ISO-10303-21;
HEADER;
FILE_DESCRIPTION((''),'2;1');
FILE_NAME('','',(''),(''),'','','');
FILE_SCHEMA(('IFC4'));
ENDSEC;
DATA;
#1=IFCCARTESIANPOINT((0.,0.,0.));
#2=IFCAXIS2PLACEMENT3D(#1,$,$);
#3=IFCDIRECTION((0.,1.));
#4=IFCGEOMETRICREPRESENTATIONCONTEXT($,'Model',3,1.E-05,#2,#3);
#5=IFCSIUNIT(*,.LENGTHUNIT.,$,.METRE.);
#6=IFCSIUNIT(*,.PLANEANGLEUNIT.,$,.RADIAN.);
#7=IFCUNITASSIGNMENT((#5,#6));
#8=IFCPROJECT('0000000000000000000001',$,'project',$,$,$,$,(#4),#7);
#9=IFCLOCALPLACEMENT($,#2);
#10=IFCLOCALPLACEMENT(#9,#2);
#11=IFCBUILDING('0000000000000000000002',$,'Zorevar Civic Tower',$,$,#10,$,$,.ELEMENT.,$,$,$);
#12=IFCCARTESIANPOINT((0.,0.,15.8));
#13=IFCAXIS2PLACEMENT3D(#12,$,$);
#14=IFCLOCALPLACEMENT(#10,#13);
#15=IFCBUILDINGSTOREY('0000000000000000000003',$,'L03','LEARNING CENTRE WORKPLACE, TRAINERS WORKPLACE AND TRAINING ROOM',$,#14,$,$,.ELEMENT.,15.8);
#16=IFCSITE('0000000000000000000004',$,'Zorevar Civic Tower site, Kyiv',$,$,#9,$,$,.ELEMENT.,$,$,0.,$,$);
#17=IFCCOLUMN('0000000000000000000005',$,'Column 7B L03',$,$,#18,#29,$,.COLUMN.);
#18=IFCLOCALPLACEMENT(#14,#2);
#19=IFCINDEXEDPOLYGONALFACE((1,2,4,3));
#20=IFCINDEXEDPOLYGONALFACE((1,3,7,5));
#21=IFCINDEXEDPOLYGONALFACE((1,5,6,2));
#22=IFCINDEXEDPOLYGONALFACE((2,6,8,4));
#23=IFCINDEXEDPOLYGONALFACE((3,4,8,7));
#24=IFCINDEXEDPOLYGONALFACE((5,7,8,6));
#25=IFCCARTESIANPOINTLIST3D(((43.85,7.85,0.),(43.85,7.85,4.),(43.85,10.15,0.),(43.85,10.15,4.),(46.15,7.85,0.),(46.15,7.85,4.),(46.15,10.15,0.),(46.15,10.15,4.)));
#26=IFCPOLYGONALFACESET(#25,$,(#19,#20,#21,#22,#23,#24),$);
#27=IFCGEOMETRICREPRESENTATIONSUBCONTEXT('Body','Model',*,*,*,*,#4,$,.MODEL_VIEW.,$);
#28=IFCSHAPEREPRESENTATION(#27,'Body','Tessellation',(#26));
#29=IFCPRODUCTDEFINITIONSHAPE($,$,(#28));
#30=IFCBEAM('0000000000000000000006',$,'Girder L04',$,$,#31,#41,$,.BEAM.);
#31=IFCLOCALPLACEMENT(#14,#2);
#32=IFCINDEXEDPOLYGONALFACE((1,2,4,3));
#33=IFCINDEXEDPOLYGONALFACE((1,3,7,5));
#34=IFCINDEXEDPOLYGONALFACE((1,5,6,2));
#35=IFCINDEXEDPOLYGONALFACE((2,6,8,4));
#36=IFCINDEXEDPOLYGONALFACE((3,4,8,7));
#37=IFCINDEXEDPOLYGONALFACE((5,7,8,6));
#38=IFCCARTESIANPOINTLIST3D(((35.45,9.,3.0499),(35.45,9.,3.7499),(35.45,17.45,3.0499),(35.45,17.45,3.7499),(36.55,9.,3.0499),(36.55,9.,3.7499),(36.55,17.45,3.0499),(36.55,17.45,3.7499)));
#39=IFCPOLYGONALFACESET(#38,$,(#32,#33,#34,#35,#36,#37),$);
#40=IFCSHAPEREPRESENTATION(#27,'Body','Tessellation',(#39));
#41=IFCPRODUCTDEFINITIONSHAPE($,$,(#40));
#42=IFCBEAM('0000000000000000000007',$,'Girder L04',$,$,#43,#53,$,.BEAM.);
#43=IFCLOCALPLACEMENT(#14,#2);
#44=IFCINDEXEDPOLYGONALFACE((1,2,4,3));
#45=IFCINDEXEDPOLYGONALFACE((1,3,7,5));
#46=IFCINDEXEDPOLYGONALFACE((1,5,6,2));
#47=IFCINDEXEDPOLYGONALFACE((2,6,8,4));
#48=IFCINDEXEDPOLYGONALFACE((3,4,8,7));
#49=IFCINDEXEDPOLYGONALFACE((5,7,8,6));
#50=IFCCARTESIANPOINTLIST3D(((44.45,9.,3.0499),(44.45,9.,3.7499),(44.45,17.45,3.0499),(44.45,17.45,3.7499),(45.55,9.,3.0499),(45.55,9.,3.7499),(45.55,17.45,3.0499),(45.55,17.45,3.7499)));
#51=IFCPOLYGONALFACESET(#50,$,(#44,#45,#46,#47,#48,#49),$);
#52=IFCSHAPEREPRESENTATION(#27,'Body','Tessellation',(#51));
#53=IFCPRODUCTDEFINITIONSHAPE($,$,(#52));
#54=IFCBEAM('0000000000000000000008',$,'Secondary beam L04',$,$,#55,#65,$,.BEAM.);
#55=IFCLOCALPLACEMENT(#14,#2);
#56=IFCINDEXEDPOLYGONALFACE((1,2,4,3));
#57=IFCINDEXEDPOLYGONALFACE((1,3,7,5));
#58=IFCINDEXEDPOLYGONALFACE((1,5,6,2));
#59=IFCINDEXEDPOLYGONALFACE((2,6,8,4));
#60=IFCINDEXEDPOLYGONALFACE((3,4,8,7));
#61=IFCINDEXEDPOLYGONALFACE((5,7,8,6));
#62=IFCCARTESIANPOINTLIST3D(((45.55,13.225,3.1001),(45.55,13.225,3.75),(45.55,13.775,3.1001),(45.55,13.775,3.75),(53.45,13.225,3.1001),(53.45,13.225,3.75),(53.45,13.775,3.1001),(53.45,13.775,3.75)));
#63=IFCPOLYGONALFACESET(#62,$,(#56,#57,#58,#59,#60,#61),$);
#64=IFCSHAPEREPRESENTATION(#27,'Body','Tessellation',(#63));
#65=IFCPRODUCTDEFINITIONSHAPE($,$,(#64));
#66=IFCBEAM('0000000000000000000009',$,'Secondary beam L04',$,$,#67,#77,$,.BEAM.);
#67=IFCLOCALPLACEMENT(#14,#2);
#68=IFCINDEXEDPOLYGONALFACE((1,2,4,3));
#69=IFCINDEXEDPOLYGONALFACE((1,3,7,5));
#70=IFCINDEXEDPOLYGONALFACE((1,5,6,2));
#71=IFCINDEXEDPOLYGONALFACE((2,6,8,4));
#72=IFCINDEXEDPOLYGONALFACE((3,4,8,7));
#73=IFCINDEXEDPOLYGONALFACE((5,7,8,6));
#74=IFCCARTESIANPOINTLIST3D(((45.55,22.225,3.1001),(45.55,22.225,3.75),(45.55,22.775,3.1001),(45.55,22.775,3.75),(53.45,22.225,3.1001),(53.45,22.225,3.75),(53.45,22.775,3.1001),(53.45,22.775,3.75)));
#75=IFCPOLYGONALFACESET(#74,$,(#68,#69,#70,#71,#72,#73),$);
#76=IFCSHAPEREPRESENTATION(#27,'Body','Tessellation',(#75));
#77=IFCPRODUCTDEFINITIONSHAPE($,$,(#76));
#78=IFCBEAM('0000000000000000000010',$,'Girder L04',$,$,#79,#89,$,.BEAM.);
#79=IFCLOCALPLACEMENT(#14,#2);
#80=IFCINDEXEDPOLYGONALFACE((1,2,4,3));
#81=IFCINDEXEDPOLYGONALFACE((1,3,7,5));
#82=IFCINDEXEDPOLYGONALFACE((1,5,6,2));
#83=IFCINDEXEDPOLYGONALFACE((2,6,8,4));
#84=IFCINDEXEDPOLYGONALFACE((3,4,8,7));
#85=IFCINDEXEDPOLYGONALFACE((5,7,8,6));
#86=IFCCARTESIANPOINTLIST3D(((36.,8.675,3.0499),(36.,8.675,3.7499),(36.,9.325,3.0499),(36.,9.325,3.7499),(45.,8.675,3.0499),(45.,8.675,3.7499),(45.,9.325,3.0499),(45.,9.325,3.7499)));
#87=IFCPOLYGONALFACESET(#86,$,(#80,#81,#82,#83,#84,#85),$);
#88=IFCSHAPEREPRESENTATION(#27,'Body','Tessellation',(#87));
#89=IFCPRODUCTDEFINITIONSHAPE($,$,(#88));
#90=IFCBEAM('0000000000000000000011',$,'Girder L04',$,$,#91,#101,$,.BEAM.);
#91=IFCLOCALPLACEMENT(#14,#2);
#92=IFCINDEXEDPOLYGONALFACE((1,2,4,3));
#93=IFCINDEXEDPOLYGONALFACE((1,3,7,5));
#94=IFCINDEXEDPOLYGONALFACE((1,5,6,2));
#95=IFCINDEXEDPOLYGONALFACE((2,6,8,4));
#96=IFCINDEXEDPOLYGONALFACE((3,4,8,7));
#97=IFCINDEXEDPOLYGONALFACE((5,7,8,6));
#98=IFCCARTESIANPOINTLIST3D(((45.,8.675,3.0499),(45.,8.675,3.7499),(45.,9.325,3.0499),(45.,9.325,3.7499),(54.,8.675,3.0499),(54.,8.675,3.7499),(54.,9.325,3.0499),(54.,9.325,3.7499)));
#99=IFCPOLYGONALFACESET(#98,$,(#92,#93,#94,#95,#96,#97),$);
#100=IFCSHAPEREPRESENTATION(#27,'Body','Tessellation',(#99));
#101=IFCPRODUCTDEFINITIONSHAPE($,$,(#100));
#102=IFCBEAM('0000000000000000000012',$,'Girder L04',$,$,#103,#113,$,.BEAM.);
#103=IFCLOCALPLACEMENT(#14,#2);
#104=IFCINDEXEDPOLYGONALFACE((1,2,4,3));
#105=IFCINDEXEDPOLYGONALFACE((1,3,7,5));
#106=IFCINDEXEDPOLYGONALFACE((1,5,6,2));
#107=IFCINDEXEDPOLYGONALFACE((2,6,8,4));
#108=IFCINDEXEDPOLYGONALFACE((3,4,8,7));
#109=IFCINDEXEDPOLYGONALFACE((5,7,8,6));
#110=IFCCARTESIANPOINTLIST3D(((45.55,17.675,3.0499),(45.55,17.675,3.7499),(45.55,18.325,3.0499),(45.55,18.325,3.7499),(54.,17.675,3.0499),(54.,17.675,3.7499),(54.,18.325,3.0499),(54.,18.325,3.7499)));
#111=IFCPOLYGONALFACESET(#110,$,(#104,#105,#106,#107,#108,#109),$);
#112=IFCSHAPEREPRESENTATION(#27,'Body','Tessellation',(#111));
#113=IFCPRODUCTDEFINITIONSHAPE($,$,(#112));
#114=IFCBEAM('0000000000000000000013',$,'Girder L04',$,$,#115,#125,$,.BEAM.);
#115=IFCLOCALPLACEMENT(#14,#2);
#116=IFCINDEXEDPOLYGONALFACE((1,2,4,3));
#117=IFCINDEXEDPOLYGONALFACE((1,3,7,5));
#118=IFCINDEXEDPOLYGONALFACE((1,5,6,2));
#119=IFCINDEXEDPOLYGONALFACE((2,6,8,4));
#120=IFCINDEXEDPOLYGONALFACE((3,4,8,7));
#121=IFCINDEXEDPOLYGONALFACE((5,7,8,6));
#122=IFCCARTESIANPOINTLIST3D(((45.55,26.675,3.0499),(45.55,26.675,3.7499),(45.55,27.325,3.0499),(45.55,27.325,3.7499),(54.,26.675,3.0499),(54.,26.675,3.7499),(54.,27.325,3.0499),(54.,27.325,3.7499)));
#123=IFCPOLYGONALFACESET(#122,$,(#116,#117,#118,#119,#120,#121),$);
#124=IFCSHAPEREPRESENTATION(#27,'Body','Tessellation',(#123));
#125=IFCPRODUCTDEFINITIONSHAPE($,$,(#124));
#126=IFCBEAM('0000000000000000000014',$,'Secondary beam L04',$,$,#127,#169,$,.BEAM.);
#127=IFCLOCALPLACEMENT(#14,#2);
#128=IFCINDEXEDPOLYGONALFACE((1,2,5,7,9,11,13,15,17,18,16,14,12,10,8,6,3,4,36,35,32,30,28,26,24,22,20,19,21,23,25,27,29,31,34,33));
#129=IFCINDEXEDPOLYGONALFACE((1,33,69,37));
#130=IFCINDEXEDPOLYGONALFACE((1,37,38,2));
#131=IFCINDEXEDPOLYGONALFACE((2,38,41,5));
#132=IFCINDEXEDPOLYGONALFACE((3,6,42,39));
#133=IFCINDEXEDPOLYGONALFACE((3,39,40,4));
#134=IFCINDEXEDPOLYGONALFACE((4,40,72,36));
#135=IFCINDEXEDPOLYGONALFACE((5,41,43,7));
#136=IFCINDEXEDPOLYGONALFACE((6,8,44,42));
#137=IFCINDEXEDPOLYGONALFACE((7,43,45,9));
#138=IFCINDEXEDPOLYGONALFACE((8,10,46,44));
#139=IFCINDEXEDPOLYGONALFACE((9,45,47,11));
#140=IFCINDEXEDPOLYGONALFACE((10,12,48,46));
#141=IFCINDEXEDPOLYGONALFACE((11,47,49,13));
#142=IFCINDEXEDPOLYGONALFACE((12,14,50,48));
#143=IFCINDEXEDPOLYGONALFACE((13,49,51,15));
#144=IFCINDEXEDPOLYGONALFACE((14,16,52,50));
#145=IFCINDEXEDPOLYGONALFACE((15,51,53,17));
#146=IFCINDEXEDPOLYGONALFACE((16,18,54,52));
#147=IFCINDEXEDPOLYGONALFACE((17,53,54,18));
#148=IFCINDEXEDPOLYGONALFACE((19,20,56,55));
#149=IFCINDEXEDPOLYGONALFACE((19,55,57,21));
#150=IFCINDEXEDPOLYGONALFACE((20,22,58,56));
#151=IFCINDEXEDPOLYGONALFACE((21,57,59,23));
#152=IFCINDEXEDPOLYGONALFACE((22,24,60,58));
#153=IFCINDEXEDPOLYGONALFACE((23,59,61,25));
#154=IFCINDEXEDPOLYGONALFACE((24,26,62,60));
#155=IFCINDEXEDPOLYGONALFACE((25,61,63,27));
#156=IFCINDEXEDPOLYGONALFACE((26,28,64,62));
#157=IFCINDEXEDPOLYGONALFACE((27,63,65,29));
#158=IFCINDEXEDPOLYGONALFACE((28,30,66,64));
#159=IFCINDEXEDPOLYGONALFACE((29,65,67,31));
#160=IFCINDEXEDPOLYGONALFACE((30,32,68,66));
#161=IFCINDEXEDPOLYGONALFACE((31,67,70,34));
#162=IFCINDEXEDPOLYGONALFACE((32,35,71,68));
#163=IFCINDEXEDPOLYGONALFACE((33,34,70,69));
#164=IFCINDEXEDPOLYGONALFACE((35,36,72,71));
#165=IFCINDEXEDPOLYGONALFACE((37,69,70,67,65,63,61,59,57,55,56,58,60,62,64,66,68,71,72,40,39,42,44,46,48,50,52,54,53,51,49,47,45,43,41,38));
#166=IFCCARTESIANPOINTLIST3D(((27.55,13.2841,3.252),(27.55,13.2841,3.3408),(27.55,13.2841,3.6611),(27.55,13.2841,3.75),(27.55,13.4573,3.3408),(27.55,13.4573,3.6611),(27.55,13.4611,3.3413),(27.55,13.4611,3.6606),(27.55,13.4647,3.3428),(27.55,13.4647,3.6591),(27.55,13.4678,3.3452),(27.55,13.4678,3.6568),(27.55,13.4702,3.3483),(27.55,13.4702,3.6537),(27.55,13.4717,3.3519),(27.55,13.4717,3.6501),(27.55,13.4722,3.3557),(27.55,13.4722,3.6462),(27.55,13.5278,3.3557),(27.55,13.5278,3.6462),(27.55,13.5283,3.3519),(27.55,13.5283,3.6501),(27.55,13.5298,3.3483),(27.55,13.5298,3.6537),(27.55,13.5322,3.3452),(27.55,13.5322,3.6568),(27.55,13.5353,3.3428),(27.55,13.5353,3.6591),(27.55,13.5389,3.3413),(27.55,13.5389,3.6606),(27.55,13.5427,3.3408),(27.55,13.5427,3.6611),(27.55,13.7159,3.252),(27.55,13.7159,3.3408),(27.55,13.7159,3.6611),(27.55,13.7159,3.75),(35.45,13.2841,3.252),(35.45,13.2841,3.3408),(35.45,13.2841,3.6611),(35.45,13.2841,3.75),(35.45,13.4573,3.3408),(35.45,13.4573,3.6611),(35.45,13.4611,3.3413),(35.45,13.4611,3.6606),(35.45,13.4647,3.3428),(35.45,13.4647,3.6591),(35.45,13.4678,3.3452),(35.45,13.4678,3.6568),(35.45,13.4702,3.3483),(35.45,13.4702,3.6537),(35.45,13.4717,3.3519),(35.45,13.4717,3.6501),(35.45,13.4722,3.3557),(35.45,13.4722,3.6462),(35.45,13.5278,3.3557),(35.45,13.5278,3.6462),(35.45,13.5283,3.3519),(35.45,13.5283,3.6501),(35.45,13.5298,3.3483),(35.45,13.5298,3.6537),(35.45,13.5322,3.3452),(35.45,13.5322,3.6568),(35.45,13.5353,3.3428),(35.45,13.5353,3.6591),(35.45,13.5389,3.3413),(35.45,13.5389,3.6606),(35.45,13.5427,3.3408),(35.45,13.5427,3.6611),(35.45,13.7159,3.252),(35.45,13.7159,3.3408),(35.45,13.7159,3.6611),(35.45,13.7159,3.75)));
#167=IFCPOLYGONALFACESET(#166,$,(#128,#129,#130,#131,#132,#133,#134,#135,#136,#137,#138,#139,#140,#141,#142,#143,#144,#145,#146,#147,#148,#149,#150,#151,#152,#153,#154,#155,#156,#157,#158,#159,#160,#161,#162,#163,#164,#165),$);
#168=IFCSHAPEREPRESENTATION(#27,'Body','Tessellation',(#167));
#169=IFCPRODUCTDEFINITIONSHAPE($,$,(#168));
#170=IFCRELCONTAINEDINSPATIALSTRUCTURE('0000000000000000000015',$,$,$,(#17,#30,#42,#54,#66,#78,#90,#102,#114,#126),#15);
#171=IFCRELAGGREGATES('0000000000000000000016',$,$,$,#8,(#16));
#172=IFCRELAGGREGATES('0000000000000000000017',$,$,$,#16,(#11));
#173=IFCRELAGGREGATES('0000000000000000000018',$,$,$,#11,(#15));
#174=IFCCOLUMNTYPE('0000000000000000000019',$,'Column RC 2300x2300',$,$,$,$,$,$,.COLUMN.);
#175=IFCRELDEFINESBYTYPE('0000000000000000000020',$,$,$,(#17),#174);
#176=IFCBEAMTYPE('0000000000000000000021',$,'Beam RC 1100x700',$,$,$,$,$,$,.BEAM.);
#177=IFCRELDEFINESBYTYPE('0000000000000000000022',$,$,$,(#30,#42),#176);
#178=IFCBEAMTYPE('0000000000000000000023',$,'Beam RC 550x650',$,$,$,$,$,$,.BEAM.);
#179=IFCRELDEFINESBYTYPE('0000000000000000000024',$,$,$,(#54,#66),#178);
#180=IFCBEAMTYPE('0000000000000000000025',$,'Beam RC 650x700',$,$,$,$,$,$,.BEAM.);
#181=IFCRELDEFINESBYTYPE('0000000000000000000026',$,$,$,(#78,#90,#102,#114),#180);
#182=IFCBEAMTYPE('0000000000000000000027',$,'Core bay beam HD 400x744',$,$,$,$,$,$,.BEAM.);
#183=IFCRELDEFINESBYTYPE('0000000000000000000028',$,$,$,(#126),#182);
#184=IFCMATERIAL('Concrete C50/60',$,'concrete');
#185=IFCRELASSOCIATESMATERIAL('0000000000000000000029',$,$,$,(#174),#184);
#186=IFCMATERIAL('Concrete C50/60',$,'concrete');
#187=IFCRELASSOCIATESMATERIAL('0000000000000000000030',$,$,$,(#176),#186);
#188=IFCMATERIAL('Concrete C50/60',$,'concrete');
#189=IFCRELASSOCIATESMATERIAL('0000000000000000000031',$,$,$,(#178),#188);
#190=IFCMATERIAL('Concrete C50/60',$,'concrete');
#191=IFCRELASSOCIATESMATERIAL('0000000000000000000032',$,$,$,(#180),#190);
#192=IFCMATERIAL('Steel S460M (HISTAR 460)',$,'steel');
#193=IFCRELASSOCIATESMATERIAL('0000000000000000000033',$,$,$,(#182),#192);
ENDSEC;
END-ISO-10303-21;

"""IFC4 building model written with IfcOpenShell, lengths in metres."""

from ifc_helpers import new_model, si_unit, direction, frame, origin, origin_2d, place, context, subcontext, project, spatial, rectangle, i_section, extrude, material, material_profile, profile_set, type_object, element, save


model = new_model("IFC4")

# Units and contexts
model_context = context("Model", 3, precision=1e-05, world=origin(), true_north=direction((0.0, 1.0)))
body_context = subcontext(model_context, "Body", "Model", "MODEL_VIEW")
ifc_project = project(units=[si_unit("LENGTHUNIT", "METRE"), si_unit("PLANEANGLEUNIT", "RADIAN")], contexts=[model_context])

# Site, building, storey
site_placement = place(None, origin())
site = spatial("IfcSite", under=ifc_project, at=site_placement, Name="Zorevar Civic Tower site, Kyiv", CompositionType="ELEMENT", RefElevation=0.0)
building_placement = place(site_placement, origin())
building = spatial("IfcBuilding", under=site, at=building_placement, Name="Zorevar Civic Tower", CompositionType="ELEMENT")
storey_placement = place(building_placement, frame((0.0, 0.0, 15.8)))
storey = spatial("IfcBuildingStorey", under=building, at=storey_placement, Name="L03", Description="LEARNING CENTRE WORKPLACE, TRAINERS WORKPLACE AND TRAINING ROOM", CompositionType="ELEMENT", Elevation=15.8)

# Column
ifc_material_1 = material(Name="Concrete C50/60", Category="concrete")
ifc_material_profile_1 = material_profile(ifc_material_1, rectangle(XDim=2.3, YDim=2.3, at=origin_2d()), Name="RC 2300x2300")
ifc_profile_set_1 = profile_set([ifc_material_profile_1], Name="Concrete C50/60")
column_type = type_object("IfcColumnType", Name="Column RC 2300x2300", PredefinedType="COLUMN", material=ifc_profile_set_1)
column_placement = place(storey_placement, frame((45.0, 9.0, 0.0), z_axis=(0.0, 0.0, 1.0), x_axis=(1.0, 0.0, 0.0)))
element("IfcColumn", 1, at=column_placement, inside=storey, type_object=column_type, Name="Column 7B L03", PredefinedType="COLUMN", context=body_context, shape_type="SweptSolid", body=[
    extrude(rectangle(XDim=2.3, YDim=2.3, at=origin_2d()), origin(), (0.0, 0.0, 1.0), 4.0),
])

# Beams
ifc_material_2 = material(Name="Concrete C50/60", Category="concrete")
ifc_material_profile_2 = material_profile(ifc_material_2, rectangle(XDim=1.1001, YDim=0.7, at=origin_2d()), Name="RC 1100x700")
ifc_profile_set_2 = profile_set([ifc_material_profile_2], Name="Concrete C50/60")
beam_type_1 = type_object("IfcBeamType", Name="Beam RC 1100x700", PredefinedType="BEAM", material=ifc_profile_set_2)
for number, where, z_axis, x_axis, name in (
    (2, (36.0, 9.0, 3.3999), (0.0, 1.0, 0.0), (-1.0, 0.0, 0.0), "Girder L04"),
    (3, (45.0, 9.0, 3.3999), (0.0, 1.0, 0.0), (-1.0, 0.0, 0.0), "Girder L04"),
):
    element("IfcBeam", number, at=place(storey_placement, frame(where, z_axis=z_axis, x_axis=x_axis)), inside=storey, type_object=beam_type_1, Name=name, PredefinedType="BEAM", context=body_context, shape_type="SweptSolid", body=[
        extrude(rectangle(XDim=1.1001, YDim=0.7, at=origin_2d()), origin(), (0.0, 0.0, 1.0), 8.45),
    ])
ifc_material_3 = material(Name="Concrete C50/60", Category="concrete")
ifc_material_profile_3 = material_profile(ifc_material_3, rectangle(XDim=0.55, YDim=0.6499, at=origin_2d()), Name="RC 550x650")
ifc_profile_set_3 = profile_set([ifc_material_profile_3], Name="Concrete C50/60")
beam_type_2 = type_object("IfcBeamType", Name="Beam RC 550x650", PredefinedType="BEAM", material=ifc_profile_set_3)
for number, where, z_axis, x_axis, name in (
    (4, (45.55, 13.5, 3.425), (1.0, 0.0, 0.0), (0.0, 1.0, 0.0), "Secondary beam L04"),
    (5, (45.55, 22.5, 3.425), (1.0, 0.0, 0.0), (0.0, 1.0, 0.0), "Secondary beam L04"),
):
    element("IfcBeam", number, at=place(storey_placement, frame(where, z_axis=z_axis, x_axis=x_axis)), inside=storey, type_object=beam_type_2, Name=name, PredefinedType="BEAM", context=body_context, shape_type="SweptSolid", body=[
        extrude(rectangle(XDim=0.55, YDim=0.6499, at=origin_2d()), origin(), (0.0, 0.0, 1.0), 7.8999),
    ])
ifc_material_4 = material(Name="Concrete C50/60", Category="concrete")
ifc_material_profile_4 = material_profile(ifc_material_4, rectangle(XDim=0.6499, YDim=0.7, at=origin_2d()), Name="RC 650x700")
ifc_profile_set_4 = profile_set([ifc_material_profile_4], Name="Concrete C50/60")
beam_type_3 = type_object("IfcBeamType", Name="Beam RC 650x700", PredefinedType="BEAM", material=ifc_profile_set_4)
for number, where, z_axis, x_axis, name in (
    (6, (36.0, 9.0, 3.3999), (1.0, 0.0, 0.0), (0.0, 1.0, 0.0), "Girder L04"),
    (7, (45.0, 9.0, 3.3999), (1.0, 0.0, 0.0), (0.0, 1.0, 0.0), "Girder L04"),
):
    element("IfcBeam", number, at=place(storey_placement, frame(where, z_axis=z_axis, x_axis=x_axis)), inside=storey, type_object=beam_type_3, Name=name, PredefinedType="BEAM", context=body_context, shape_type="SweptSolid", body=[
        extrude(rectangle(XDim=0.6499, YDim=0.7, at=origin_2d()), origin(), (0.0, 0.0, 1.0), 9.0),
    ])
for number, where, z_axis, x_axis, name in (
    (8, (45.55, 18.0, 3.3999), (1.0, 0.0, 0.0), (0.0, 1.0, 0.0), "Girder L04"),
    (9, (45.55, 27.0, 3.3999), (1.0, 0.0, 0.0), (0.0, 1.0, 0.0), "Girder L04"),
):
    element("IfcBeam", number, at=place(storey_placement, frame(where, z_axis=z_axis, x_axis=x_axis)), inside=storey, type_object=beam_type_3, Name=name, PredefinedType="BEAM", context=body_context, shape_type="SweptSolid", body=[
        extrude(rectangle(XDim=0.6499, YDim=0.7, at=origin_2d()), origin(), (0.0, 0.0, 1.0), 8.45),
    ])
ifc_material_5 = material(Name="Steel S460M (HISTAR 460)", Category="steel")
ifc_material_profile_5 = material_profile(ifc_material_5, i_section(OverallWidth=0.4319, OverallDepth=0.498, WebThickness=0.0557, FlangeThickness=0.0889, FilletRadius=0.0149, at=origin_2d()), Name="HD 400x744")
ifc_profile_set_5 = profile_set([ifc_material_profile_5], Name="Steel S460M (HISTAR 460)")
beam_type_4 = type_object("IfcBeamType", Name="Core bay beam HD 400x744", PredefinedType="BEAM", material=ifc_profile_set_5)
for number, where, z_axis, x_axis, name in (
    (10, (27.55, 13.5, 3.501), (1.0, 0.0, 0.0), (0.0, 1.0, 0.0), "Secondary beam L04"),
):
    element("IfcBeam", number, at=place(storey_placement, frame(where, z_axis=z_axis, x_axis=x_axis)), inside=storey, type_object=beam_type_4, Name=name, PredefinedType="BEAM", context=body_context, shape_type="SweptSolid", body=[
        extrude(i_section(OverallWidth=0.4319, OverallDepth=0.498, WebThickness=0.0557, FlangeThickness=0.0889, FilletRadius=0.0149, at=origin_2d()), origin(), (0.0, 0.0, 1.0), 7.8999),
    ])

save(model, "model.ifc")
